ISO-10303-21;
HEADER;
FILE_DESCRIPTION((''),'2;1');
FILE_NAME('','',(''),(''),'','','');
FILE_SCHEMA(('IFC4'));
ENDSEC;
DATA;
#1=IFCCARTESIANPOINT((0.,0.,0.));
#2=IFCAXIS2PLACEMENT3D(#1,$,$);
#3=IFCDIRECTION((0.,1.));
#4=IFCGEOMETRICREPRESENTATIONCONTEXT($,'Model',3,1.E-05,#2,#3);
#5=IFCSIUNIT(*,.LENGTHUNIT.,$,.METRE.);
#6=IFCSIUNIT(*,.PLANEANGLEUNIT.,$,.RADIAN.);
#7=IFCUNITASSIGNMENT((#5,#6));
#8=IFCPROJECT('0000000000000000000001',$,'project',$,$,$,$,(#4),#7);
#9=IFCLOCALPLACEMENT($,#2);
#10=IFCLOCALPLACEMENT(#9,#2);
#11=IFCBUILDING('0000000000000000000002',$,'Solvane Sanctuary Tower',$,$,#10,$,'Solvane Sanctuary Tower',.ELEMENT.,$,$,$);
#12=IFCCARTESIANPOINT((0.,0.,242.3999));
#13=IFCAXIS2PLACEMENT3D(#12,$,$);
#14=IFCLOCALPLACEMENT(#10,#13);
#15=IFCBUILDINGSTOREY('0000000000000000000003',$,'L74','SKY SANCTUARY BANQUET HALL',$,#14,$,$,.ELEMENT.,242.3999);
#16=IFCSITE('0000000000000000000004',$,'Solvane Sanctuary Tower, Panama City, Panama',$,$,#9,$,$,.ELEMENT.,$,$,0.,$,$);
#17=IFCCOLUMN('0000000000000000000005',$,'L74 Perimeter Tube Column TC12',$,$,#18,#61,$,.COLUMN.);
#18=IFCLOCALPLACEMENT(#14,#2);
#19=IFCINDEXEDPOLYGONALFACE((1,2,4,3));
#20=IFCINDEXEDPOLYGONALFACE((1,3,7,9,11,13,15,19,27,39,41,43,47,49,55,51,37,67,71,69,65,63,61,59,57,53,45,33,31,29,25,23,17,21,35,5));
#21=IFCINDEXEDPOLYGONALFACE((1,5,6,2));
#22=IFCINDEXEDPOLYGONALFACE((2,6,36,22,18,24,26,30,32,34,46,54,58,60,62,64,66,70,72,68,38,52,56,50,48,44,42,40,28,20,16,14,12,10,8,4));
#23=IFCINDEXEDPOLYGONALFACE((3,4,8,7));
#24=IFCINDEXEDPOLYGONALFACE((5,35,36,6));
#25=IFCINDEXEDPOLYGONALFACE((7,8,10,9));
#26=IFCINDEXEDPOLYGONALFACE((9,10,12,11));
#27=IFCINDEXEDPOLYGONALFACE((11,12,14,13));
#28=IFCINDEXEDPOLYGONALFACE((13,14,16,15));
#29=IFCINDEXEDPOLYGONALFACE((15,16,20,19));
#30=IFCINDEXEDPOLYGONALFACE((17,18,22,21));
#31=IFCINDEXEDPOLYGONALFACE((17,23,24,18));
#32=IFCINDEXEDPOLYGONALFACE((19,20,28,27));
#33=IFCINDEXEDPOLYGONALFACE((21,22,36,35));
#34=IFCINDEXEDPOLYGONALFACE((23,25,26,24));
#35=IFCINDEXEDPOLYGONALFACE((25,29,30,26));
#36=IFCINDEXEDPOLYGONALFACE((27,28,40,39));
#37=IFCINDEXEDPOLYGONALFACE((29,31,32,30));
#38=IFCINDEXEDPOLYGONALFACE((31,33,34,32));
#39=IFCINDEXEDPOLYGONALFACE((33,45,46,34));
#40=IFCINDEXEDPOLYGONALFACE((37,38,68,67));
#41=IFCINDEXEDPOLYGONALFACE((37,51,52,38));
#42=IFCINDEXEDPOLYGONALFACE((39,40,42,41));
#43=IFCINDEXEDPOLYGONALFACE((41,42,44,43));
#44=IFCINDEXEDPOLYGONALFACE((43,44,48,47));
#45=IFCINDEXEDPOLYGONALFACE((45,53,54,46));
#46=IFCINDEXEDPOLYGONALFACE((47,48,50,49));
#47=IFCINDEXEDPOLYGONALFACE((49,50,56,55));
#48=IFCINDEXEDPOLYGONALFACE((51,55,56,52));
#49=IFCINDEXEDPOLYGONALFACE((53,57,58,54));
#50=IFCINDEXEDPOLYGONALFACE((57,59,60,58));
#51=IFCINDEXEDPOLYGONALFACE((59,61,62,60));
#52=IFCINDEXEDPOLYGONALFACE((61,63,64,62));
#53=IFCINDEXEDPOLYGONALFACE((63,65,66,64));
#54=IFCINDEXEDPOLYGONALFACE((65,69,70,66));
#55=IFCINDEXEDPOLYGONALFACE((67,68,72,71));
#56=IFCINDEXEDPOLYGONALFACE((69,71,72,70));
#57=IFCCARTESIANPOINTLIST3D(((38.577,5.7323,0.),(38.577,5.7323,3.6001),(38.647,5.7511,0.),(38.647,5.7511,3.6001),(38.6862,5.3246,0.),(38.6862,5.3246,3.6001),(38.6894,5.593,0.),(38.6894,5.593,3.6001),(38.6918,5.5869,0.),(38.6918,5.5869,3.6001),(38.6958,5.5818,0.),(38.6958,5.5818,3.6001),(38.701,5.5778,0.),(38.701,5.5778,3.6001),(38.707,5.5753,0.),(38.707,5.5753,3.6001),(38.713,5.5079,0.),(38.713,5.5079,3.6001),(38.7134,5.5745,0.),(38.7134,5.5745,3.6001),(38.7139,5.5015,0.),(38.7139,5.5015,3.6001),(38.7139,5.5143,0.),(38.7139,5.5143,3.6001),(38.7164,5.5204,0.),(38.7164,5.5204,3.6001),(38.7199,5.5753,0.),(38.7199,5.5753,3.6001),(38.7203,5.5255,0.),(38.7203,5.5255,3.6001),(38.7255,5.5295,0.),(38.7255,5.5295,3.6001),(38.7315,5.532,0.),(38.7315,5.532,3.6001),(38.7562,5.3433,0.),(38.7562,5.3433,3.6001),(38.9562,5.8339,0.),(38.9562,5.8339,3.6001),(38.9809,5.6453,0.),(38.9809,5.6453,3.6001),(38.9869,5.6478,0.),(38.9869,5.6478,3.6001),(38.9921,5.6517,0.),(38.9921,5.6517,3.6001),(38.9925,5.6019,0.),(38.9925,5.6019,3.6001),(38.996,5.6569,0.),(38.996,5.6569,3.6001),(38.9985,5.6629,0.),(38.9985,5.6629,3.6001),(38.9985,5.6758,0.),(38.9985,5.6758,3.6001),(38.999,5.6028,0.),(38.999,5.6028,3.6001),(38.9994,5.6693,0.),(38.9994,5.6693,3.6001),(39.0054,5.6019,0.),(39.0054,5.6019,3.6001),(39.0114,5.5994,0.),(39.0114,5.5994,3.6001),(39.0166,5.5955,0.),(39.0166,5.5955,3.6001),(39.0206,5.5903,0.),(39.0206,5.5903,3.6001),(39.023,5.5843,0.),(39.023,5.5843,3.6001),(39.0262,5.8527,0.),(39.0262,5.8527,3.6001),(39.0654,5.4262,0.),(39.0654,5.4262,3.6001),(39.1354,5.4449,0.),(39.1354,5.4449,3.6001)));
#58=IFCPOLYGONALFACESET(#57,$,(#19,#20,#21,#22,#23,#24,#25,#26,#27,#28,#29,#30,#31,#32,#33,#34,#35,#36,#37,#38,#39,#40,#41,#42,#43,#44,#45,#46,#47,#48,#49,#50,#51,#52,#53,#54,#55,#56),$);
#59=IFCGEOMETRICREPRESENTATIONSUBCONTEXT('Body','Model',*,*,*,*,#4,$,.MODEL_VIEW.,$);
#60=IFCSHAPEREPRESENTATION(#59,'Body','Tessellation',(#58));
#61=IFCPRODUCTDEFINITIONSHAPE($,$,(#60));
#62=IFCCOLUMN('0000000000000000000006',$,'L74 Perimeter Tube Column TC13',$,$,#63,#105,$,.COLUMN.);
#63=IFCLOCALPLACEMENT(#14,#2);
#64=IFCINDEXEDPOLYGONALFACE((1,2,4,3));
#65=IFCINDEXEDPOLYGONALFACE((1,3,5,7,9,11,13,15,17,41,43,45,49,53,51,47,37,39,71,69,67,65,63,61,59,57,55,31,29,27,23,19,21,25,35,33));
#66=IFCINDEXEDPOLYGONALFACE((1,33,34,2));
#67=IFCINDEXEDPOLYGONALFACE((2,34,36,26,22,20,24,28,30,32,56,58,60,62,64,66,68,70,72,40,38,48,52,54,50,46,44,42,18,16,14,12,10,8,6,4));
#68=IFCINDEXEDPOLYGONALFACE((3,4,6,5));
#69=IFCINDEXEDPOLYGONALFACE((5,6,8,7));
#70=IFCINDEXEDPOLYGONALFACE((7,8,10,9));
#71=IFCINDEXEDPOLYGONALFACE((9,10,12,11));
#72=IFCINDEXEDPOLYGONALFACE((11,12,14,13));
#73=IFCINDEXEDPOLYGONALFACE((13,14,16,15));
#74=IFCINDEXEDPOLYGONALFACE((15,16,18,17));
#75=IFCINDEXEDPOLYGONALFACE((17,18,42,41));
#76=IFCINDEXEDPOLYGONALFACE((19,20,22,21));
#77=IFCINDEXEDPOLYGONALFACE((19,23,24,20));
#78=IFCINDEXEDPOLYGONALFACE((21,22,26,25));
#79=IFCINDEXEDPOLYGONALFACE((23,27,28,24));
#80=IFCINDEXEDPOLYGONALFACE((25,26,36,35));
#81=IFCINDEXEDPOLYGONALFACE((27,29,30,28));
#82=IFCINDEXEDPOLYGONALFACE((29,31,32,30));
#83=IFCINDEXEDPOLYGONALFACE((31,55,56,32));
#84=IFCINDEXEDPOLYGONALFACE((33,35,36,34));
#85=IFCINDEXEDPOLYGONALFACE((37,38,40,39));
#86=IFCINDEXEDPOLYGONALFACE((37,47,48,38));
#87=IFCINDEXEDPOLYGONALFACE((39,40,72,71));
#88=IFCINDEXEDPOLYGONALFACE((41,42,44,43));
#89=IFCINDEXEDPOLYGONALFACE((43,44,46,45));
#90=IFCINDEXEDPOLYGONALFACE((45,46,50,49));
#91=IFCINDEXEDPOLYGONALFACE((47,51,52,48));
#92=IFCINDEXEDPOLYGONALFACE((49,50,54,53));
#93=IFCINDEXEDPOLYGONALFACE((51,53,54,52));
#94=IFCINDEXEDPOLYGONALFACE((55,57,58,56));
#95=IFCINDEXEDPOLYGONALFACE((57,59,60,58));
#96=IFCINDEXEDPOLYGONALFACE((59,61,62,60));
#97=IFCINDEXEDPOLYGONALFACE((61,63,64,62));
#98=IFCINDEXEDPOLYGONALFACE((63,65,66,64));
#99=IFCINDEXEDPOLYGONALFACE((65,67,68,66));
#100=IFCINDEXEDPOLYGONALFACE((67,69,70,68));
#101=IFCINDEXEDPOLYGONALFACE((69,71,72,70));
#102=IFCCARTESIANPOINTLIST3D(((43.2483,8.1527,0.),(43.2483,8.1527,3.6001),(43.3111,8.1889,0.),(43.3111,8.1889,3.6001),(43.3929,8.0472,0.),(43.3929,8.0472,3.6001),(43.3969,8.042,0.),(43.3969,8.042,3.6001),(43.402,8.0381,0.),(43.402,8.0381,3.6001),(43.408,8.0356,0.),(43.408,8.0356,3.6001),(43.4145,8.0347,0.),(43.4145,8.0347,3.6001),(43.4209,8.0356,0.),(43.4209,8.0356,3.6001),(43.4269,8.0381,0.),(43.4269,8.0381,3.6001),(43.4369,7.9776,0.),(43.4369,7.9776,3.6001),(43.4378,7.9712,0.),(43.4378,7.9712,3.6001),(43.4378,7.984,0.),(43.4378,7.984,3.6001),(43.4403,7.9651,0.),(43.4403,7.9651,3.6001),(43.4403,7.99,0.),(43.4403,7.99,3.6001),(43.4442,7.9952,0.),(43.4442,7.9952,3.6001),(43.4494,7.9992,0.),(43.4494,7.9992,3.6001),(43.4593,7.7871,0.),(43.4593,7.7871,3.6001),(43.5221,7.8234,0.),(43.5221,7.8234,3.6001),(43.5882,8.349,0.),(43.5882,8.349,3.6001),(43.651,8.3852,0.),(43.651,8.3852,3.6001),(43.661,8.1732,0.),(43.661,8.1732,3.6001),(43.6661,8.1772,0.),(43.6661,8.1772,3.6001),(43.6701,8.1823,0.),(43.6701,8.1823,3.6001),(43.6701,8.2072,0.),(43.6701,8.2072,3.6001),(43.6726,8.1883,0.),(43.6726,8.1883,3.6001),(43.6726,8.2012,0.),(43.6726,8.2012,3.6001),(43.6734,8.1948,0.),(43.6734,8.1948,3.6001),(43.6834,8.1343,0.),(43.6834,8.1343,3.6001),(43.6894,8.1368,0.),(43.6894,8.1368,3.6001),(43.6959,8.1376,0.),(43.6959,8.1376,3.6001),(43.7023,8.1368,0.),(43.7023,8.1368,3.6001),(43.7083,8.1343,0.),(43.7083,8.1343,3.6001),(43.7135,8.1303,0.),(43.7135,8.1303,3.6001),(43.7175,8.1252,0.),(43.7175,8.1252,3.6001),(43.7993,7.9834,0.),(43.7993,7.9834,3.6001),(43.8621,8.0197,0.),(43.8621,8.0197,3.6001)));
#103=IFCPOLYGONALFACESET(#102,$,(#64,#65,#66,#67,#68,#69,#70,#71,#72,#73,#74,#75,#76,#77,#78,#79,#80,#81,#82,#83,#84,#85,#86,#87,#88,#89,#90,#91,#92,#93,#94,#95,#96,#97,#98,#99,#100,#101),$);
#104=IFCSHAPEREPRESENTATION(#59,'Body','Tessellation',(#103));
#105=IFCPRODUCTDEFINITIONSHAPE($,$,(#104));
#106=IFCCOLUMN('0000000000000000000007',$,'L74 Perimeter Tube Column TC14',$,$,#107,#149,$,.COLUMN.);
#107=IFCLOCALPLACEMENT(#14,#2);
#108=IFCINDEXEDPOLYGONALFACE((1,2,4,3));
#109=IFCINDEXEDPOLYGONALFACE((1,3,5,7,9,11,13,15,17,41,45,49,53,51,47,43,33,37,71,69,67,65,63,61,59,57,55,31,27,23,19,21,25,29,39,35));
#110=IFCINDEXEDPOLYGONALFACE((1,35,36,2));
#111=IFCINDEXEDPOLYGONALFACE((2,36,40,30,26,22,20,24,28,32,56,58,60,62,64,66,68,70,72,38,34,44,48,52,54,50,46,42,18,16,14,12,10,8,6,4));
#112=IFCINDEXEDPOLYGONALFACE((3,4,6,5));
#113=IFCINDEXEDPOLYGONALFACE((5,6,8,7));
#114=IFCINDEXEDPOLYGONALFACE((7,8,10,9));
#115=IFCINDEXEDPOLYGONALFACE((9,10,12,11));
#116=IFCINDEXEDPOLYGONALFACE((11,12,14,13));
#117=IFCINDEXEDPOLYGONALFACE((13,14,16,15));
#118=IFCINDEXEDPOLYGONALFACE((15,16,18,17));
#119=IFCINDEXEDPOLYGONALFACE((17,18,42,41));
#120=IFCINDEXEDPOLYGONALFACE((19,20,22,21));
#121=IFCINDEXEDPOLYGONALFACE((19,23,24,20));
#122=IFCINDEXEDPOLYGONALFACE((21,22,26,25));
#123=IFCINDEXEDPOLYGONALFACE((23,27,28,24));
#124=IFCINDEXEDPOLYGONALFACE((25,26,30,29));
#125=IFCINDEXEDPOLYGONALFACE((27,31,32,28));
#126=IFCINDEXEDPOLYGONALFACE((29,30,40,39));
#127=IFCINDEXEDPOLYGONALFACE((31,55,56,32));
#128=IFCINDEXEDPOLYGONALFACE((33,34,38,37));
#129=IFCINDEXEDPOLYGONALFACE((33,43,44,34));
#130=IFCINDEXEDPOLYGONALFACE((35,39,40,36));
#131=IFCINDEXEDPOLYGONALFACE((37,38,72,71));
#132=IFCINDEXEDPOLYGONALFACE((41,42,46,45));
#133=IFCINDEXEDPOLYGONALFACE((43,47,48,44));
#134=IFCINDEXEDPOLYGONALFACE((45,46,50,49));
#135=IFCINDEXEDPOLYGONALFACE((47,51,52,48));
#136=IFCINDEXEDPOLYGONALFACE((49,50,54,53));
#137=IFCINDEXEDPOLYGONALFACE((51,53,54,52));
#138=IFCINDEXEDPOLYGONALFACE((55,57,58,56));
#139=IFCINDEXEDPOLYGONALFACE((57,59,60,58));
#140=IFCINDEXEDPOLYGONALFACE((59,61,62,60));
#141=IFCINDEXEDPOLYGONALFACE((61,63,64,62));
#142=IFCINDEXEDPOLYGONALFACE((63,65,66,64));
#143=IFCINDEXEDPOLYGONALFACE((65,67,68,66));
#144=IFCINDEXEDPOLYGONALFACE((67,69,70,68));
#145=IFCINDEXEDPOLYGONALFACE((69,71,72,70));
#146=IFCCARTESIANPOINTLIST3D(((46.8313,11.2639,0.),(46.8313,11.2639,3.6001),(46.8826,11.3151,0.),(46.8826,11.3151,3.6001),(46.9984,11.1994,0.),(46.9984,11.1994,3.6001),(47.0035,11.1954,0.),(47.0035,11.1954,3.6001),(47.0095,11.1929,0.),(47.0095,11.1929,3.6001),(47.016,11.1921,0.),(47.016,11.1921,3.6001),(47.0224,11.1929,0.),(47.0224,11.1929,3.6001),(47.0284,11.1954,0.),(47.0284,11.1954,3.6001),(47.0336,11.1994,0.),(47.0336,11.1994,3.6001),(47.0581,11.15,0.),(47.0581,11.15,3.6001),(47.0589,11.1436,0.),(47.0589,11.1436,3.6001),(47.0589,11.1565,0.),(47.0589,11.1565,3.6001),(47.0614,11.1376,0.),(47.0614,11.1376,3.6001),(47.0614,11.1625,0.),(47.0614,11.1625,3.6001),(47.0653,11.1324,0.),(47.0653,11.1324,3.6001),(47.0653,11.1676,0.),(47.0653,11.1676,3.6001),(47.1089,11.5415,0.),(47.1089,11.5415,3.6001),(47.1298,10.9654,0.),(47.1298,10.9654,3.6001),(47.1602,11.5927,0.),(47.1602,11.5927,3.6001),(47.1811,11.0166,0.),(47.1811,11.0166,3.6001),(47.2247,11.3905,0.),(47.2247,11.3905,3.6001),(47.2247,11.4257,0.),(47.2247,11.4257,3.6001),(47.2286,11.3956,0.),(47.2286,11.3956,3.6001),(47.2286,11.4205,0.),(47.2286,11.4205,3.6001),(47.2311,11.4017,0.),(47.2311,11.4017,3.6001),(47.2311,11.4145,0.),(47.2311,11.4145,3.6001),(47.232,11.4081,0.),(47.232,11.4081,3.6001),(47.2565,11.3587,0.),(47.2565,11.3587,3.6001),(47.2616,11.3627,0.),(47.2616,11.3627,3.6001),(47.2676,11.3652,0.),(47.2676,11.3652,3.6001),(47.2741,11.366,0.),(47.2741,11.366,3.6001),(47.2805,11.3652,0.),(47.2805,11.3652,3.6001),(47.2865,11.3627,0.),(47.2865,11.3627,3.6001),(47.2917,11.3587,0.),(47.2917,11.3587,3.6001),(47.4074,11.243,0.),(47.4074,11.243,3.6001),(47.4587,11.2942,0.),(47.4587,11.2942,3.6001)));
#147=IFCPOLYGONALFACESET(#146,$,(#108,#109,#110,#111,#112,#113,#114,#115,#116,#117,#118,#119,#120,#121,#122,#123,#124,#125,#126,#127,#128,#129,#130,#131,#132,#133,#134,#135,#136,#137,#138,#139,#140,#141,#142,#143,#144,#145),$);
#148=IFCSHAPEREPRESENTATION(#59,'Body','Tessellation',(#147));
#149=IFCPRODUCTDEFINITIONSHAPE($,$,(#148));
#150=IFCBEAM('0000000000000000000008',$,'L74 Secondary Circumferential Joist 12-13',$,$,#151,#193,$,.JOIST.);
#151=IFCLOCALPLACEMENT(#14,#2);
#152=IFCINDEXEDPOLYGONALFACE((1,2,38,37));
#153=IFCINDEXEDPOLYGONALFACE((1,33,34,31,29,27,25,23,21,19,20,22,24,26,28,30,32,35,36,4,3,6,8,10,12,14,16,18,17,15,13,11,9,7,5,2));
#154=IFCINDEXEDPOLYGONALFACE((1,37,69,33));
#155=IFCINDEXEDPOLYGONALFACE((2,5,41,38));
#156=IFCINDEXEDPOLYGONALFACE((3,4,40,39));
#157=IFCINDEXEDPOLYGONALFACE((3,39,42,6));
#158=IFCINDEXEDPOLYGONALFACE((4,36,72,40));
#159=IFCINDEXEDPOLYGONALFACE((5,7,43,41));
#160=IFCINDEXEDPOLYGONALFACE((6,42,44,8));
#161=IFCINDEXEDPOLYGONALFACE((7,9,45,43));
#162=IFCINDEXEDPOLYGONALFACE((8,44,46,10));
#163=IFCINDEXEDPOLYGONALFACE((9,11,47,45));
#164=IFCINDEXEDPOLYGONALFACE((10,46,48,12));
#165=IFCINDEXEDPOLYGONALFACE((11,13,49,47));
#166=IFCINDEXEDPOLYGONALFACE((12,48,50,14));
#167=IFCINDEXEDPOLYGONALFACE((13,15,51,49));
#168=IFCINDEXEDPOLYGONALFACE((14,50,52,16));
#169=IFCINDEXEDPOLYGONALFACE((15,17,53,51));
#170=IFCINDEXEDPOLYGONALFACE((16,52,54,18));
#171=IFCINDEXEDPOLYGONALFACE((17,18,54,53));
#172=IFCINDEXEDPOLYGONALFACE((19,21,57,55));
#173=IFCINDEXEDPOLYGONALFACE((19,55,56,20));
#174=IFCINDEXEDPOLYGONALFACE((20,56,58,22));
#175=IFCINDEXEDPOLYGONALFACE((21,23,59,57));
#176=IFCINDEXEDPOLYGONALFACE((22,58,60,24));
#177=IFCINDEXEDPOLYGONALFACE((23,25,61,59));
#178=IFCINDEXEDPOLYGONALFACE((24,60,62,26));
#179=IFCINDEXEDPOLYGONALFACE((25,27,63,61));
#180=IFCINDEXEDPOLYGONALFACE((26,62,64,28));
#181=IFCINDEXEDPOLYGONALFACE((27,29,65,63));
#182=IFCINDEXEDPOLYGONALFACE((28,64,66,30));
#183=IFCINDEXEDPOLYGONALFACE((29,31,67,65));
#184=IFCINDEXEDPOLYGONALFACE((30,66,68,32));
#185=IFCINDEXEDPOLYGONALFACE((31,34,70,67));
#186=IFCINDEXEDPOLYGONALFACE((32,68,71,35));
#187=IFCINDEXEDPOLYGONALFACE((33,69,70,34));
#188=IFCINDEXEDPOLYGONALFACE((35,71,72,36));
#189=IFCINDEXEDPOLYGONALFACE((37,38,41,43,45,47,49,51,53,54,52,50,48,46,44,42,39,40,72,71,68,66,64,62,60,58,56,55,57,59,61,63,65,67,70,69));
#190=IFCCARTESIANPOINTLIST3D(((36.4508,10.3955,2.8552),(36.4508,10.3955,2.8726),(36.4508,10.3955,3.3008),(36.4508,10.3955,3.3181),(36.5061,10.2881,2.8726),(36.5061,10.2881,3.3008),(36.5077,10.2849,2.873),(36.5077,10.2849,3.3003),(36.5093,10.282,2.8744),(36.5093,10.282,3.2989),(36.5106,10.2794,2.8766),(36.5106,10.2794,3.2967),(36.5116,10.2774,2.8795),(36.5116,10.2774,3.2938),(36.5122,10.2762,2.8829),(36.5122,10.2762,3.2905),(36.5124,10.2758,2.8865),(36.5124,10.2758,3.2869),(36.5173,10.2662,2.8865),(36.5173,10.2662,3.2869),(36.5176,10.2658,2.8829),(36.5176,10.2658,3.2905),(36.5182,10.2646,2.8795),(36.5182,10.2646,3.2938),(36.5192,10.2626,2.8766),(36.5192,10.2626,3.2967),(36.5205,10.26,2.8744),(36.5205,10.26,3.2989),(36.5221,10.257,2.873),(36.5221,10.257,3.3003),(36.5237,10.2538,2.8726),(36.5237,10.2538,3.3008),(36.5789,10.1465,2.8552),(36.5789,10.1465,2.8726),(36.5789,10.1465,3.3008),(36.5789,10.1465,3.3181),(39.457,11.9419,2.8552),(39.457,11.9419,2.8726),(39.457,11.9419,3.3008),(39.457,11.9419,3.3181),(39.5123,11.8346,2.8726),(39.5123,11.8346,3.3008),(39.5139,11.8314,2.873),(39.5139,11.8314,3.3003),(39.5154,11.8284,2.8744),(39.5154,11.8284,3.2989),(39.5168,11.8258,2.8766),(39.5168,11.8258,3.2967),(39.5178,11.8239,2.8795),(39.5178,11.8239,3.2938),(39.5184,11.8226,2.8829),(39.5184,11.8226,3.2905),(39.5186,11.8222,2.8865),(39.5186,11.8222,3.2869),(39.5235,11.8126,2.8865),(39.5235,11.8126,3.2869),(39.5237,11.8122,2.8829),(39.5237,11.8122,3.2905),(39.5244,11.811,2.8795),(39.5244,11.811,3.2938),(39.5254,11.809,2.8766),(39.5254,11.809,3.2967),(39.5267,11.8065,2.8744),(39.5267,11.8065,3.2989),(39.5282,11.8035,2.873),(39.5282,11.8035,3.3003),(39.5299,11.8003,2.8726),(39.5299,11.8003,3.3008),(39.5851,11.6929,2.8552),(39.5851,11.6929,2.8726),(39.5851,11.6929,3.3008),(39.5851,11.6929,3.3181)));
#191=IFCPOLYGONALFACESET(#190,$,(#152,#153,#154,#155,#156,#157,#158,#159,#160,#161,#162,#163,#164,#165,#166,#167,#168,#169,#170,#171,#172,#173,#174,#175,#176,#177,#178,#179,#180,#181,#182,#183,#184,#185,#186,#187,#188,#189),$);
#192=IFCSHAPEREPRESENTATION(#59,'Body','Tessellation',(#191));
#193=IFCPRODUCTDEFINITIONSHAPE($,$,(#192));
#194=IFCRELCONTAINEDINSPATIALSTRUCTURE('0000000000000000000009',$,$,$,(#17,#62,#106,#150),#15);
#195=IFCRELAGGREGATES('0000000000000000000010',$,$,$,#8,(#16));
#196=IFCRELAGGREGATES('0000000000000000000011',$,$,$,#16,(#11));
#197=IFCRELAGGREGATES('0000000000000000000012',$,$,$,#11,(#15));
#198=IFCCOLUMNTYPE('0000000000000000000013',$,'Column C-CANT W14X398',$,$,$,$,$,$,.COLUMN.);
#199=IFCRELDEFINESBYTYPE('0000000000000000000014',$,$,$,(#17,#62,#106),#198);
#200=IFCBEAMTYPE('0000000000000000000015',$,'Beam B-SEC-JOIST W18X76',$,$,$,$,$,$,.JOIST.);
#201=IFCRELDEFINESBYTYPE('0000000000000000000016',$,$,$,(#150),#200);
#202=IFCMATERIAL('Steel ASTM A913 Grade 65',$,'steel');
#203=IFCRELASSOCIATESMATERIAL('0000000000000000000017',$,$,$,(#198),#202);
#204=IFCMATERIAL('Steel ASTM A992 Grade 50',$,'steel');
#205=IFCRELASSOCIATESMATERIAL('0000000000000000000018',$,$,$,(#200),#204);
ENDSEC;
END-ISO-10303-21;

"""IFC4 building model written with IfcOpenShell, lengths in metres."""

from ifc_helpers import new_model, si_unit, direction, frame, origin, origin_2d, place, context, subcontext, project, spatial, i_section, extrude, material, material_profile, profile_set, type_object, element, save


model = new_model("IFC4")

# Units and contexts
model_context = context("Model", 3, precision=1e-05, world=origin(), true_north=direction((0.0, 1.0)))
body_context = subcontext(model_context, "Body", "Model", "MODEL_VIEW")
ifc_project = project(units=[si_unit("LENGTHUNIT", "METRE"), si_unit("PLANEANGLEUNIT", "RADIAN")], contexts=[model_context])

# Site, building, storey
site_placement = place(None, origin())
site = spatial("IfcSite", under=ifc_project, at=site_placement, Name="Solvane Sanctuary Tower, Panama City, Panama", CompositionType="ELEMENT", RefElevation=0.0)
building_placement = place(site_placement, origin())
building = spatial("IfcBuilding", under=site, at=building_placement, Name="Solvane Sanctuary Tower", LongName="Solvane Sanctuary Tower", CompositionType="ELEMENT")
storey_placement = place(building_placement, frame((0.0, 0.0, 242.3999)))
storey = spatial("IfcBuildingStorey", under=building, at=storey_placement, Name="L74", Description="SKY SANCTUARY BANQUET HALL", CompositionType="ELEMENT", Elevation=242.3999)

# Columns
ifc_material_1 = material(Name="Steel ASTM A913 Grade 65", Category="steel")
ifc_material_profile_1 = material_profile(ifc_material_1, i_section(OverallWidth=0.4221, OverallDepth=0.4651, WebThickness=0.0449, FlangeThickness=0.0725, FilletRadius=0.0249, at=origin_2d()), Name="W14X398")
ifc_profile_set_1 = profile_set([ifc_material_profile_1], Name="Steel ASTM A913 Grade 65")
column_type = type_object("IfcColumnType", Name="Column C-CANT W14X398", PredefinedType="COLUMN", material=ifc_profile_set_1)
for number, where, z_axis, x_axis, name in (
    (1, (38.8562, 5.5886, 0.0), (0.0, 0.0, 1.0), (0.258819, -0.965926, 0.0), "L74 Perimeter Tube Column TC12"),
    (2, (43.5552, 8.0862, 0.0), (0.0, 0.0, 1.0), (0.5, -0.866025, 0.0), "L74 Perimeter Tube Column TC13"),
    (3, (47.145, 11.2791, 0.0), (0.0, 0.0, 1.0), (0.707107, -0.707107, 0.0), "L74 Perimeter Tube Column TC14"),
):
    element("IfcColumn", number, at=place(storey_placement, frame(where, z_axis=z_axis, x_axis=x_axis)), inside=storey, type_object=column_type, Name=name, PredefinedType="COLUMN", context=body_context, shape_type="SweptSolid", body=[
        extrude(i_section(OverallWidth=0.4221, OverallDepth=0.4651, WebThickness=0.0449, FlangeThickness=0.0725, FilletRadius=0.0249, at=origin_2d()), origin(), (0.0, 0.0, 1.0), 3.6001),
    ])

# Beam
ifc_material_2 = material(Name="Steel ASTM A992 Grade 50", Category="steel")
ifc_material_profile_2 = material_profile(ifc_material_2, i_section(OverallWidth=0.28, OverallDepth=0.4629, WebThickness=0.0107, FlangeThickness=0.0173, FilletRadius=0.0139, at=origin_2d()), Name="W18X76")
ifc_profile_set_2 = profile_set([ifc_material_profile_2], Name="Steel ASTM A992 Grade 50")
beam_type_1 = type_object("IfcBeamType", Name="Beam B-SEC-JOIST W18X76", PredefinedType="JOIST", material=ifc_profile_set_2)
beam_1_placement = place(storey_placement, frame((36.5149, 10.271, 3.0867), z_axis=(0.889241, 0.457439, 0.0), x_axis=(-0.457439, 0.889241, 0.0)))
element("IfcBeam", 4, at=beam_1_placement, inside=storey, type_object=beam_type_1, Name="L74 Secondary Circumferential Joist 12-13", PredefinedType="JOIST", context=body_context, shape_type="SweptSolid", body=[
    extrude(i_section(OverallWidth=0.28, OverallDepth=0.4629, WebThickness=0.0107, FlangeThickness=0.0173, FilletRadius=0.0139, at=origin_2d()), origin(), (0.0, 0.0, 1.0), 3.3806),
])

save(model, "model.ifc")
